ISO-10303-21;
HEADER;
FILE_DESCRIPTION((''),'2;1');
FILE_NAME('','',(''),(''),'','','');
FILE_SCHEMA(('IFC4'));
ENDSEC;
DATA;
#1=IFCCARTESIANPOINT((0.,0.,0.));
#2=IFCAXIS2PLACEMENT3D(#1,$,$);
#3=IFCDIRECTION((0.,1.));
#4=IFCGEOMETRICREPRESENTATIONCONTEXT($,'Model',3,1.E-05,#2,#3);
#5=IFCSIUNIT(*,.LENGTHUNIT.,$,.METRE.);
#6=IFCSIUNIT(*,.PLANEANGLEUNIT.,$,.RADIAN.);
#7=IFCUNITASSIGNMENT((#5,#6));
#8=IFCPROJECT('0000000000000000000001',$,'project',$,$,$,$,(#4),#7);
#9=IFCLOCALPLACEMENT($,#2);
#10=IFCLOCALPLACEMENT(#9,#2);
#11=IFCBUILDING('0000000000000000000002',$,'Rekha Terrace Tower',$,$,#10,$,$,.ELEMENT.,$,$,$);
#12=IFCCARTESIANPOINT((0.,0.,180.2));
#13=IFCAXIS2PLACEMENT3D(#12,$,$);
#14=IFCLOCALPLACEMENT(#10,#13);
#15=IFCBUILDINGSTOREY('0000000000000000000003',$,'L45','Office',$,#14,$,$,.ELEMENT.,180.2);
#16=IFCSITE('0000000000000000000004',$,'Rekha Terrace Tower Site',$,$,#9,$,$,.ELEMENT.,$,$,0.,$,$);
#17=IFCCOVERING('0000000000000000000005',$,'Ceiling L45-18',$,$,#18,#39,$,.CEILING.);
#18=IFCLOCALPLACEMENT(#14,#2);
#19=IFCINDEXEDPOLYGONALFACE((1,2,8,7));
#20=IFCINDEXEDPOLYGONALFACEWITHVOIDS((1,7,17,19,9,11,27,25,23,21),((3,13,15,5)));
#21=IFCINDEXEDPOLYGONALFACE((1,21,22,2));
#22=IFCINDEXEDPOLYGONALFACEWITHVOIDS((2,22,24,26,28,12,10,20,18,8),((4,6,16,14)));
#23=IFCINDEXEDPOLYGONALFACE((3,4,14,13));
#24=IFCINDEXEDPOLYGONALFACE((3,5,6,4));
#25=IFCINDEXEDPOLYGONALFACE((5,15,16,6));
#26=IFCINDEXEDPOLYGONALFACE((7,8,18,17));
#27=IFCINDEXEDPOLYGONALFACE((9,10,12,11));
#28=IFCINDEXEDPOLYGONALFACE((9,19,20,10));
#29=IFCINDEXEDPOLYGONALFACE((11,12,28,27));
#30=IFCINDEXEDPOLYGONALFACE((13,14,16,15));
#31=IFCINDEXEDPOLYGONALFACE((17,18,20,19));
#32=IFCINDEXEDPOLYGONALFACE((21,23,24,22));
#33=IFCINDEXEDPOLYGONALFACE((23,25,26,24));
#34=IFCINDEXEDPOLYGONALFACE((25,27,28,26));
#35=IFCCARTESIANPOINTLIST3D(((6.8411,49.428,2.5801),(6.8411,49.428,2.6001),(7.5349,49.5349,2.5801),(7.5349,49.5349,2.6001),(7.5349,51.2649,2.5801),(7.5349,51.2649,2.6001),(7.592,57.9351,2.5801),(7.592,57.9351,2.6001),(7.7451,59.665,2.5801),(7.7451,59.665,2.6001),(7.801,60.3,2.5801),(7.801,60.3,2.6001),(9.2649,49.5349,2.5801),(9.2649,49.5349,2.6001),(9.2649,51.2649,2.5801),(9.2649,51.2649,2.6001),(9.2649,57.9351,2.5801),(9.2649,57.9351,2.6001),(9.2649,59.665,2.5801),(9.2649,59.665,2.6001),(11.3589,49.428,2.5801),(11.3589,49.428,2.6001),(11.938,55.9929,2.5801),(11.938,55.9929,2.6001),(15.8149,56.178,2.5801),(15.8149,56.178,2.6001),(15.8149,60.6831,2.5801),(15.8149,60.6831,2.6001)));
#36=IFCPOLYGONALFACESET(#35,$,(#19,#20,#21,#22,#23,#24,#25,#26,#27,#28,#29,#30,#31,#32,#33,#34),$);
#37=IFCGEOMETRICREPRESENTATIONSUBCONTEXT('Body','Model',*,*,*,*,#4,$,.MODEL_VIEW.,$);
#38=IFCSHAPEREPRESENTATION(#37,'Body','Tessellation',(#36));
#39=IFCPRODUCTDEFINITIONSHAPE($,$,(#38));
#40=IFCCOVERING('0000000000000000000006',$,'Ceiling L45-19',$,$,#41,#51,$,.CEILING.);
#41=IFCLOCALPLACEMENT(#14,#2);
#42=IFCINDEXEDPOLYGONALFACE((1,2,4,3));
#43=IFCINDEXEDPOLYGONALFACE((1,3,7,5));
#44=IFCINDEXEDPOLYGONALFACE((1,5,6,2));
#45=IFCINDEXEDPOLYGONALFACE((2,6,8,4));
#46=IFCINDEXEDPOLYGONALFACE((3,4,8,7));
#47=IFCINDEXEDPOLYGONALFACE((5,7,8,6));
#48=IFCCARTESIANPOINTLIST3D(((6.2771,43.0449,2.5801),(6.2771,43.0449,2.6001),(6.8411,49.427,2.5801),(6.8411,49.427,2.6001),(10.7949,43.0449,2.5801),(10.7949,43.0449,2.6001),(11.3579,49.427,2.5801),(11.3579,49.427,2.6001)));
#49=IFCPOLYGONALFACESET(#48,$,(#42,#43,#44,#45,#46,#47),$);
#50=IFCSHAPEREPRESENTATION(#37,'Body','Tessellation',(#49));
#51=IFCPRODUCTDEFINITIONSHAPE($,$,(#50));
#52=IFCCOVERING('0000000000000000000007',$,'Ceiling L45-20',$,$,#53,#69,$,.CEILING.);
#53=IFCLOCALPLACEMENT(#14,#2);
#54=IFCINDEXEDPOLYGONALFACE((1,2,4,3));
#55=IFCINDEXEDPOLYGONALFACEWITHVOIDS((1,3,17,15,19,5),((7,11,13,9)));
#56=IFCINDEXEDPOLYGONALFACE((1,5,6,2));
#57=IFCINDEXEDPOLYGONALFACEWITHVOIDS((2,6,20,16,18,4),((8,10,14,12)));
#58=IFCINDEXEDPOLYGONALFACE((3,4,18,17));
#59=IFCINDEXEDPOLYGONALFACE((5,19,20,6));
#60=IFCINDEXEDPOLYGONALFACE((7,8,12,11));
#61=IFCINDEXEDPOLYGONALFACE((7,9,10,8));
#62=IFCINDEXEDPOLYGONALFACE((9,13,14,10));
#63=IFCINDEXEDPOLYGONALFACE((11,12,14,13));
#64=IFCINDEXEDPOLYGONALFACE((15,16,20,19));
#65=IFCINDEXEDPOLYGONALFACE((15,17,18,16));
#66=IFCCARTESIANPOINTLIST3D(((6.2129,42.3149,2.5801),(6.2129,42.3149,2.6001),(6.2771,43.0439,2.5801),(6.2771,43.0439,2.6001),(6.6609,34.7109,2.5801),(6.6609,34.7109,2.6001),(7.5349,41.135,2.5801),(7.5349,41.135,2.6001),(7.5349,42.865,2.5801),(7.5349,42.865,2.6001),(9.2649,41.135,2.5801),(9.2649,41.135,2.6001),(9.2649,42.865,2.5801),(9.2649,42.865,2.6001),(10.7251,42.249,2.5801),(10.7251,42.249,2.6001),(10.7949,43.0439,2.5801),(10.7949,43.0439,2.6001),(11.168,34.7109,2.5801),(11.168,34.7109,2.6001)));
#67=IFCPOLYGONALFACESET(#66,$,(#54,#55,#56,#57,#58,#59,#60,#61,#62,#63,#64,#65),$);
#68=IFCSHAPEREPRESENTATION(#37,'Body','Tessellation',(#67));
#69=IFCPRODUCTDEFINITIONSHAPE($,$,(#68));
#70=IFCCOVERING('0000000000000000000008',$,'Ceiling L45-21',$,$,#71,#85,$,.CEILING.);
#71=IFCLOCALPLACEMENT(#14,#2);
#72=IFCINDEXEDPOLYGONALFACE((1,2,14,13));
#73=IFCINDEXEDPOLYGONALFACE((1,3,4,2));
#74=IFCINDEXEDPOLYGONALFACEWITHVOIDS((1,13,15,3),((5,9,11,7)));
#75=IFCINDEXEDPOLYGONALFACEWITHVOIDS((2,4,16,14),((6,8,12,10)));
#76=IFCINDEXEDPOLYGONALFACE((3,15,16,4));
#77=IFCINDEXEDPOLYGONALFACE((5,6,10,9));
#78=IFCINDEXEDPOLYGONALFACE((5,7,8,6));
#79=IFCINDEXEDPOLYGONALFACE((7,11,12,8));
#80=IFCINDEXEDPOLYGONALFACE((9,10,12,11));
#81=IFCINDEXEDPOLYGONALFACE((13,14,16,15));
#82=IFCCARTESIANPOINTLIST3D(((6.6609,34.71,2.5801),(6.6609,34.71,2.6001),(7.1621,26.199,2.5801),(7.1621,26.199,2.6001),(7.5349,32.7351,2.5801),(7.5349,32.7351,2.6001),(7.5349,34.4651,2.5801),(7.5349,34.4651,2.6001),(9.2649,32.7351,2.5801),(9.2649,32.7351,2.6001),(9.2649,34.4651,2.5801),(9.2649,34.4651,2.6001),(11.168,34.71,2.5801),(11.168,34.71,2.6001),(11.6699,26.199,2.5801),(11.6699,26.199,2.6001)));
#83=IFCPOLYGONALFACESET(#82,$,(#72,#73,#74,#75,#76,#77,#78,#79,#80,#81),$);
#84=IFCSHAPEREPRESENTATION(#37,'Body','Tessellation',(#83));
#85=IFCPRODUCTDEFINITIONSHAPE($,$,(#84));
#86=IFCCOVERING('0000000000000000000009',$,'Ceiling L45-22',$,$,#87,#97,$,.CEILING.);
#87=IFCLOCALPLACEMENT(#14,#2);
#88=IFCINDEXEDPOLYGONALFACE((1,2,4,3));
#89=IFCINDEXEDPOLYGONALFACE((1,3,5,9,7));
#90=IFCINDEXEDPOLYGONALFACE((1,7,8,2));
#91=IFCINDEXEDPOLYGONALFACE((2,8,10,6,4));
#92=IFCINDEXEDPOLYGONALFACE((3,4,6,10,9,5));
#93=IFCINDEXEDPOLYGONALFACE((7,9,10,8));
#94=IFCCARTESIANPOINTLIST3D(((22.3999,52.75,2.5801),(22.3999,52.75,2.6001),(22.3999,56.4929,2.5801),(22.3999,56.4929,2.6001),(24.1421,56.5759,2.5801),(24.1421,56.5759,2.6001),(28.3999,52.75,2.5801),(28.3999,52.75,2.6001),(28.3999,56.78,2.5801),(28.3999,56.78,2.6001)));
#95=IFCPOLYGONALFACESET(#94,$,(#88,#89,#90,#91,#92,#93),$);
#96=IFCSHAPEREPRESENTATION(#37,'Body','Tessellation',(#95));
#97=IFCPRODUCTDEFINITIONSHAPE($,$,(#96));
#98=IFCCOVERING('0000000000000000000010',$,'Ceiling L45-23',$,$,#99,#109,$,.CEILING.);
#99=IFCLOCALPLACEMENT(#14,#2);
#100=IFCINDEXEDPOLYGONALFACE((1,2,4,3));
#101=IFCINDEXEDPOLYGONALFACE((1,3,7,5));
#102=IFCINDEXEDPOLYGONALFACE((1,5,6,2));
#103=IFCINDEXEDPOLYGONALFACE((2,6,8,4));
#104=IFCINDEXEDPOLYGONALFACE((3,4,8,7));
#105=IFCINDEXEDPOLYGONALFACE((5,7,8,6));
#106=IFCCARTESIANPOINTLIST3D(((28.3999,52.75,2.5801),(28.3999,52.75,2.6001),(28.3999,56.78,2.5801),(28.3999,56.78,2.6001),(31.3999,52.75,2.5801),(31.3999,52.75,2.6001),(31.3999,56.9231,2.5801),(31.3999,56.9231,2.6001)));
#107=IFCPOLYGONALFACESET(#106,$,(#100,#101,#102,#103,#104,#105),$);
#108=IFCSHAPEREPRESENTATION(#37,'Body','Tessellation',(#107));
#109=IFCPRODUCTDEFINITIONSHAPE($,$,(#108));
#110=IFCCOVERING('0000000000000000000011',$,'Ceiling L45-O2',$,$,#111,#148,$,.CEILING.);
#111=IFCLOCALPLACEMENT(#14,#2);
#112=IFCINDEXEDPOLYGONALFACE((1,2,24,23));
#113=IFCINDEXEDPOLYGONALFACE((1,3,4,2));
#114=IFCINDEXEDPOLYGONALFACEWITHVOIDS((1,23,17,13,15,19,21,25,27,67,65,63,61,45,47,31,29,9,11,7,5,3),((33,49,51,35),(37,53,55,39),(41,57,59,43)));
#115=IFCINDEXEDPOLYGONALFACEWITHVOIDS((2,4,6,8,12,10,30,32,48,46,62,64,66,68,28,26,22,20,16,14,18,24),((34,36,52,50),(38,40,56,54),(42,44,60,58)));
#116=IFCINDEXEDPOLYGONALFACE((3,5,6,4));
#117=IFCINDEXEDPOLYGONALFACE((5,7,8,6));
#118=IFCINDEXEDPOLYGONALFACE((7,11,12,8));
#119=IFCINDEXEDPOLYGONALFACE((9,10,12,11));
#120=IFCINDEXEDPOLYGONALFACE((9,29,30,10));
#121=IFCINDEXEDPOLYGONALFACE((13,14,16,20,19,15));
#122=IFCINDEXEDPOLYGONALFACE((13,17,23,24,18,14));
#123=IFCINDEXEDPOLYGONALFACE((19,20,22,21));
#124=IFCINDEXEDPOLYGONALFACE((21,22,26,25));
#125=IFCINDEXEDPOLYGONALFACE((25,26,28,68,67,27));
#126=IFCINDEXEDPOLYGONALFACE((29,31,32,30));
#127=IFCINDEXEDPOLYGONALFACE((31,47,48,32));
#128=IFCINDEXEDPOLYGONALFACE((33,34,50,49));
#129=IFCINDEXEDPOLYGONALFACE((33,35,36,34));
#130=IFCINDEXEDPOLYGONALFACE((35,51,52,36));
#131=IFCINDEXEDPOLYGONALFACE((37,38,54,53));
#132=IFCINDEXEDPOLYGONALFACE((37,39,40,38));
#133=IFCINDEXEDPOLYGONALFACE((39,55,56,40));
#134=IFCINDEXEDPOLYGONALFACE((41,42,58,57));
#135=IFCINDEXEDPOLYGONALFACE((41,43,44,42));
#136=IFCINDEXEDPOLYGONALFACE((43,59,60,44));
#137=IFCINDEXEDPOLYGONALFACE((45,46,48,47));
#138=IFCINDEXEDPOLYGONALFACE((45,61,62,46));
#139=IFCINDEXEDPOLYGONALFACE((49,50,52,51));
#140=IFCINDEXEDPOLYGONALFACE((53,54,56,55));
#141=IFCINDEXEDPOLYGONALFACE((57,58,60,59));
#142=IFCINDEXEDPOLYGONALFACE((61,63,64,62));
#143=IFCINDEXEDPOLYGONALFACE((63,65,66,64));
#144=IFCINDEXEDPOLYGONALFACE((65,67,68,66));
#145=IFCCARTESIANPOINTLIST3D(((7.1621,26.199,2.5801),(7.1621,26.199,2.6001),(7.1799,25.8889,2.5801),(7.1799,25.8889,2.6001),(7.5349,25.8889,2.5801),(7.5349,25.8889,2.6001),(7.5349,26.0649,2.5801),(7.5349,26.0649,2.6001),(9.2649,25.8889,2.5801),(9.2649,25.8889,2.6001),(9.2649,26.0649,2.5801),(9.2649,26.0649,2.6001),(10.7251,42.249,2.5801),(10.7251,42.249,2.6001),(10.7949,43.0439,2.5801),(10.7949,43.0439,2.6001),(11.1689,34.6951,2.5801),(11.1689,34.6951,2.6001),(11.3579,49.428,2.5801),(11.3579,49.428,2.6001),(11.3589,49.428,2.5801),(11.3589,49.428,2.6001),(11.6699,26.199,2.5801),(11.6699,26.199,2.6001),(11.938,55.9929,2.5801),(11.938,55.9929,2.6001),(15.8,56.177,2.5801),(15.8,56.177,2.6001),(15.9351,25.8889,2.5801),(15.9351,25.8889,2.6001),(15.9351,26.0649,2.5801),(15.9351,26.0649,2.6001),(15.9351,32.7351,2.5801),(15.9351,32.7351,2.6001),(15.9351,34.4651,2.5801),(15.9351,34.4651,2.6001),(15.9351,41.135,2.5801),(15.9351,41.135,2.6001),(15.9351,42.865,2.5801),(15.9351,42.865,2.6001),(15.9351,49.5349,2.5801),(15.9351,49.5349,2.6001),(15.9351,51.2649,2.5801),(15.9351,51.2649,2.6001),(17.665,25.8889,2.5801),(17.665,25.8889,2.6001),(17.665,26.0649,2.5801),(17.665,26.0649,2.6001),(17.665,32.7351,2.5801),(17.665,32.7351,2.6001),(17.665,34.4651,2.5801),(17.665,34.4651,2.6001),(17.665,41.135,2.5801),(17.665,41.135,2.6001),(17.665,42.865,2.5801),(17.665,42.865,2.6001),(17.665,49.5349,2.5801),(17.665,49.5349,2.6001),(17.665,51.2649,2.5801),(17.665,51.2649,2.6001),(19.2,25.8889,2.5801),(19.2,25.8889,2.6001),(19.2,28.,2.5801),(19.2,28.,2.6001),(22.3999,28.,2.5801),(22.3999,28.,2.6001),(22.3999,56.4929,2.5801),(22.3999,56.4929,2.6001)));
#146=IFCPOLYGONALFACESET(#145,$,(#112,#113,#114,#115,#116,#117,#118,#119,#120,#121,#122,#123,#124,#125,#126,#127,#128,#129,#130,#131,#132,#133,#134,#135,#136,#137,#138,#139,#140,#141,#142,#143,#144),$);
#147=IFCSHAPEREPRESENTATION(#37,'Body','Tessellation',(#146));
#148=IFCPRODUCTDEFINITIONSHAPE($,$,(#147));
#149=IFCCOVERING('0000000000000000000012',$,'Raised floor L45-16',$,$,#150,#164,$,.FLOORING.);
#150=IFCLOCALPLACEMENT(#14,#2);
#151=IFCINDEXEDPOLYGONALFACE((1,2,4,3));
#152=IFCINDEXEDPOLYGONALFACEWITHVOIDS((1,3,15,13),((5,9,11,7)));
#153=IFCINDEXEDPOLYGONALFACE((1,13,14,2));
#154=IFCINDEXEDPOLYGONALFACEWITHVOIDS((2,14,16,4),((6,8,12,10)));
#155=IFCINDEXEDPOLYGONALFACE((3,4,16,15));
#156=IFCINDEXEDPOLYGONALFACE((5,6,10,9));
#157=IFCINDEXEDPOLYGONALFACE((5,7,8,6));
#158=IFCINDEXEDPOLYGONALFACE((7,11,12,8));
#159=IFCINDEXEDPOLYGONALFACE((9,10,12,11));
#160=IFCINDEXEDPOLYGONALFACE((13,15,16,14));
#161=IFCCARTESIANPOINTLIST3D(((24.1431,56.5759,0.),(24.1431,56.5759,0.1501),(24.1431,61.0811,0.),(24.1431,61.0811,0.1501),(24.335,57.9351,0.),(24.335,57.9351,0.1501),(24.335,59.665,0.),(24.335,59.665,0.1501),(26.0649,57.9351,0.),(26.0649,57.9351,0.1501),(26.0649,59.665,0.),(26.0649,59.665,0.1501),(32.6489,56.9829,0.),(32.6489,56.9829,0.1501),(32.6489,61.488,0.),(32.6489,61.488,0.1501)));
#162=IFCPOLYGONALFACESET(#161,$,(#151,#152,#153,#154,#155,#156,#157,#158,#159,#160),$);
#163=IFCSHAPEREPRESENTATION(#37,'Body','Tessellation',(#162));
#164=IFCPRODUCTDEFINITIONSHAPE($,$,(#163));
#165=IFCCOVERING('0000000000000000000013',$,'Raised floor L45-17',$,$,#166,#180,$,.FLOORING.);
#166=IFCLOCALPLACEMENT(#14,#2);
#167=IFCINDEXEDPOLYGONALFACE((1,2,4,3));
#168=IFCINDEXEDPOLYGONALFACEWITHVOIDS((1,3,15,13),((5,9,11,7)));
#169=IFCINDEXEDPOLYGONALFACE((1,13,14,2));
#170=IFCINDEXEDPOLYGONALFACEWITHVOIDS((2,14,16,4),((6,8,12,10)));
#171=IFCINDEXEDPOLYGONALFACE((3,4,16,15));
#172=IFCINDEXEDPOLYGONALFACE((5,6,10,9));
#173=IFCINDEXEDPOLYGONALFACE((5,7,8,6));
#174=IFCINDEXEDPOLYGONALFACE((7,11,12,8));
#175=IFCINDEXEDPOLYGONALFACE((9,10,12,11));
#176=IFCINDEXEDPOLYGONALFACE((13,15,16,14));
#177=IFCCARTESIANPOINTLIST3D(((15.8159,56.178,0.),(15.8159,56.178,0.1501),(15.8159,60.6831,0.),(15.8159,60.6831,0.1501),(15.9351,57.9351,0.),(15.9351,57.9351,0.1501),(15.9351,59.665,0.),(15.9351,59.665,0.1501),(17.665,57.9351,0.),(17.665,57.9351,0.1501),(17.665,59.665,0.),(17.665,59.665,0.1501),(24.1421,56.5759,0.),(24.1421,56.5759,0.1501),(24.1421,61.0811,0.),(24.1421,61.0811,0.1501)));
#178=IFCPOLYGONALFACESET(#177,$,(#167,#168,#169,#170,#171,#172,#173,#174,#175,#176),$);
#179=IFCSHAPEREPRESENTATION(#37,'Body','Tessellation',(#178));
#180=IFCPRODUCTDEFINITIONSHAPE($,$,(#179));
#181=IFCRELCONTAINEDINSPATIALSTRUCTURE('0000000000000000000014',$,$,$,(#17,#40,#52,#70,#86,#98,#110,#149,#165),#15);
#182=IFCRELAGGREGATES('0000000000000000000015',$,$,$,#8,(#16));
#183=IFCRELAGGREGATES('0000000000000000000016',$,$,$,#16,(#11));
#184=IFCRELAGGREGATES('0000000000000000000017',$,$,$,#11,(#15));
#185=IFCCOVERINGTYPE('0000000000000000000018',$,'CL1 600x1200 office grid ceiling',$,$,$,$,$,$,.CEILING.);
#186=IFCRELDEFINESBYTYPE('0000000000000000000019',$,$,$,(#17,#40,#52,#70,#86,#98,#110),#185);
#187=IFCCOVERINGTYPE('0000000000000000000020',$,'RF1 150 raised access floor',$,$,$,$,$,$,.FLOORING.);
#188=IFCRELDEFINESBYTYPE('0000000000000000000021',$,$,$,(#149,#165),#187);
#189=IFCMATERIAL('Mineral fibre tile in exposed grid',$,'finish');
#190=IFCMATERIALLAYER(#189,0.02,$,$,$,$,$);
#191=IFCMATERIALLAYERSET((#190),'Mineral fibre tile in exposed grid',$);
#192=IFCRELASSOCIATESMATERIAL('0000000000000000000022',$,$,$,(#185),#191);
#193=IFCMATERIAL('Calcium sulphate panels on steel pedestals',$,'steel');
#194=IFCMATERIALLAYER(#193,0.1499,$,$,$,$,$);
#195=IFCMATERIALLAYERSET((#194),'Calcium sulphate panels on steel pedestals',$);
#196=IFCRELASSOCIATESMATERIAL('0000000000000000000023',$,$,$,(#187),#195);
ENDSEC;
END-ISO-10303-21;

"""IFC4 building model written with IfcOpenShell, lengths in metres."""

from ifc_helpers import new_model, si_unit, direction, frame, origin, place, context, subcontext, project, spatial, polyline, outline, extrude, material, layer, layer_set, type_object, element, save


model = new_model("IFC4")

# Units and contexts
model_context = context("Model", 3, precision=1e-05, world=origin(), true_north=direction((0.0, 1.0)))
body_context = subcontext(model_context, "Body", "Model", "MODEL_VIEW")
ifc_project = project(units=[si_unit("LENGTHUNIT", "METRE"), si_unit("PLANEANGLEUNIT", "RADIAN")], contexts=[model_context])

# Site, building, storey
site_placement = place(None, origin())
site = spatial("IfcSite", under=ifc_project, at=site_placement, Name="Rekha Terrace Tower Site", CompositionType="ELEMENT", RefElevation=0.0)
building_placement = place(site_placement, origin())
building = spatial("IfcBuilding", under=site, at=building_placement, Name="Rekha Terrace Tower", CompositionType="ELEMENT")
storey_placement = place(building_placement, frame((0.0, 0.0, 180.2)))
storey = spatial("IfcBuildingStorey", under=building, at=storey_placement, Name="L45", Description="Office", CompositionType="ELEMENT", Elevation=180.2)

# Coverings
ifc_material_1 = material(Name="Mineral fibre tile in exposed grid", Category="finish")
ifc_layer_1 = layer(ifc_material_1, 0.02)
ifc_layer_set_1 = layer_set([ifc_layer_1], Name="Mineral fibre tile in exposed grid")
covering_type_1 = type_object("IfcCoveringType", Name="CL1 600x1200 office grid ceiling", PredefinedType="CEILING", material=ifc_layer_set_1)
covering_1_placement = place(storey_placement, frame((0.0, 0.0, 2.5801)))
element("IfcCovering", 1, at=covering_1_placement, inside=storey, type_object=covering_type_1, Name="Ceiling L45-18", PredefinedType="CEILING", context=body_context, shape_type="SweptSolid", body=[
    extrude(outline(polyline([(7.592, 57.9351), (6.8411, 49.428), (11.3589, 49.428), (11.938, 55.9929), (15.8149, 56.178), (15.8149, 60.6831), (7.801, 60.3), (7.7451, 59.665), (9.2649, 59.665), (9.2649, 57.9351), (7.592, 57.9351)]), holes=[polyline([(9.2649, 49.5349), (7.5349, 49.5349), (7.5349, 51.2649), (9.2649, 51.2649), (9.2649, 49.5349)])]), origin(), (0.0, 0.0, 1.0), 0.02),
])
covering_2_placement = place(storey_placement, frame((0.0, 0.0, 2.5801)))
element("IfcCovering", 2, at=covering_2_placement, inside=storey, type_object=covering_type_1, Name="Ceiling L45-19", PredefinedType="CEILING", context=body_context, shape_type="SweptSolid", body=[
    extrude(outline(polyline([(11.3579, 49.427), (6.8411, 49.427), (6.2771, 43.0449), (10.7949, 43.0449), (11.3579, 49.427)])), origin(), (0.0, 0.0, 1.0), 0.02),
])
covering_3_placement = place(storey_placement, frame((0.0, 0.0, 2.5801)))
element("IfcCovering", 3, at=covering_3_placement, inside=storey, type_object=covering_type_1, Name="Ceiling L45-20", PredefinedType="CEILING", context=body_context, shape_type="SweptSolid", body=[
    extrude(outline(polyline([(6.2129, 42.3149), (6.6609, 34.7109), (11.168, 34.7109), (10.7251, 42.249), (10.7949, 43.0439), (6.2771, 43.0439), (6.2129, 42.3149)]), holes=[polyline([(9.2649, 41.135), (7.5349, 41.135), (7.5349, 42.865), (9.2649, 42.865), (9.2649, 41.135)])]), origin(), (0.0, 0.0, 1.0), 0.02),
])
covering_4_placement = place(storey_placement, frame((0.0, 0.0, 2.5801)))
element("IfcCovering", 4, at=covering_4_placement, inside=storey, type_object=covering_type_1, Name="Ceiling L45-21", PredefinedType="CEILING", context=body_context, shape_type="SweptSolid", body=[
    extrude(outline(polyline([(11.168, 34.71), (6.6609, 34.71), (7.1621, 26.199), (11.6699, 26.199), (11.168, 34.71)]), holes=[polyline([(9.2649, 34.4651), (9.2649, 32.7351), (7.5349, 32.7351), (7.5349, 34.4651), (9.2649, 34.4651)])]), origin(), (0.0, 0.0, 1.0), 0.02),
])
covering_5_placement = place(storey_placement, frame((0.0, 0.0, 2.5801)))
element("IfcCovering", 5, at=covering_5_placement, inside=storey, type_object=covering_type_1, Name="Ceiling L45-22", PredefinedType="CEILING", context=body_context, shape_type="SweptSolid", body=[
    extrude(outline(polyline([(28.3999, 56.78), (24.1421, 56.5759), (22.3999, 56.4929), (22.3999, 52.75), (28.3999, 52.75), (28.3999, 56.78)])), origin(), (0.0, 0.0, 1.0), 0.02),
])
covering_6_placement = place(storey_placement, frame((0.0, 0.0, 2.5801)))
element("IfcCovering", 6, at=covering_6_placement, inside=storey, type_object=covering_type_1, Name="Ceiling L45-23", PredefinedType="CEILING", context=body_context, shape_type="SweptSolid", body=[
    extrude(outline(polyline([(31.3999, 52.75), (31.3999, 56.9231), (28.3999, 56.78), (28.3999, 52.75), (31.3999, 52.75)])), origin(), (0.0, 0.0, 1.0), 0.02),
])
covering_7_placement = place(storey_placement, frame((0.0, 0.0, 2.5801)))
element("IfcCovering", 7, at=covering_7_placement, inside=storey, type_object=covering_type_1, Name="Ceiling L45-O2", PredefinedType="CEILING", context=body_context, shape_type="SweptSolid", body=[
    extrude(outline(polyline([(11.3579, 49.428), (10.7949, 43.0439), (10.7251, 42.249), (11.1689, 34.6951), (11.6699, 26.199), (7.1621, 26.199), (7.1799, 25.8889), (7.5349, 25.8889), (7.5349, 26.0649), (9.2649, 26.0649), (9.2649, 25.8889), (15.9351, 25.8889), (15.9351, 26.0649), (17.665, 26.0649), (17.665, 25.8889), (19.2, 25.8889), (19.2, 28.0), (22.3999, 28.0), (22.3999, 56.4929), (15.8, 56.177), (11.938, 55.9929), (11.3589, 49.428), (11.3579, 49.428)]), holes=[polyline([(17.665, 32.7351), (15.9351, 32.7351), (15.9351, 34.4651), (17.665, 34.4651), (17.665, 32.7351)]), polyline([(17.665, 42.865), (17.665, 41.135), (15.9351, 41.135), (15.9351, 42.865), (17.665, 42.865)]), polyline([(17.665, 51.2649), (17.665, 49.5349), (15.9351, 49.5349), (15.9351, 51.2649), (17.665, 51.2649)])]), origin(), (0.0, 0.0, 1.0), 0.02),
])
ifc_material_2 = material(Name="Calcium sulphate panels on steel pedestals", Category="steel")
ifc_layer_2 = layer(ifc_material_2, 0.1499)
ifc_layer_set_2 = layer_set([ifc_layer_2], Name="Calcium sulphate panels on steel pedestals")
covering_type_2 = type_object("IfcCoveringType", Name="RF1 150 raised access floor", PredefinedType="FLOORING", material=ifc_layer_set_2)
covering_8_placement = place(storey_placement, origin())
element("IfcCovering", 8, at=covering_8_placement, inside=storey, type_object=covering_type_2, Name="Raised floor L45-16", PredefinedType="FLOORING", context=body_context, shape_type="SweptSolid", body=[
    extrude(outline(polyline([(32.6489, 56.9829), (32.6489, 61.488), (24.1431, 61.0811), (24.1431, 56.5759), (32.6489, 56.9829)]), holes=[polyline([(26.0649, 57.9351), (24.335, 57.9351), (24.335, 59.665), (26.0649, 59.665), (26.0649, 57.9351)])]), origin(), (0.0, 0.0, 1.0), 0.1501),
])
covering_9_placement = place(storey_placement, origin())
element("IfcCovering", 9, at=covering_9_placement, inside=storey, type_object=covering_type_2, Name="Raised floor L45-17", PredefinedType="FLOORING", context=body_context, shape_type="SweptSolid", body=[
    extrude(outline(polyline([(24.1421, 56.5759), (24.1421, 61.0811), (15.8159, 60.6831), (15.8159, 56.178), (24.1421, 56.5759)]), holes=[polyline([(17.665, 59.665), (17.665, 57.9351), (15.9351, 57.9351), (15.9351, 59.665), (17.665, 59.665)])]), origin(), (0.0, 0.0, 1.0), 0.1501),
])

save(model, "model.ifc")
